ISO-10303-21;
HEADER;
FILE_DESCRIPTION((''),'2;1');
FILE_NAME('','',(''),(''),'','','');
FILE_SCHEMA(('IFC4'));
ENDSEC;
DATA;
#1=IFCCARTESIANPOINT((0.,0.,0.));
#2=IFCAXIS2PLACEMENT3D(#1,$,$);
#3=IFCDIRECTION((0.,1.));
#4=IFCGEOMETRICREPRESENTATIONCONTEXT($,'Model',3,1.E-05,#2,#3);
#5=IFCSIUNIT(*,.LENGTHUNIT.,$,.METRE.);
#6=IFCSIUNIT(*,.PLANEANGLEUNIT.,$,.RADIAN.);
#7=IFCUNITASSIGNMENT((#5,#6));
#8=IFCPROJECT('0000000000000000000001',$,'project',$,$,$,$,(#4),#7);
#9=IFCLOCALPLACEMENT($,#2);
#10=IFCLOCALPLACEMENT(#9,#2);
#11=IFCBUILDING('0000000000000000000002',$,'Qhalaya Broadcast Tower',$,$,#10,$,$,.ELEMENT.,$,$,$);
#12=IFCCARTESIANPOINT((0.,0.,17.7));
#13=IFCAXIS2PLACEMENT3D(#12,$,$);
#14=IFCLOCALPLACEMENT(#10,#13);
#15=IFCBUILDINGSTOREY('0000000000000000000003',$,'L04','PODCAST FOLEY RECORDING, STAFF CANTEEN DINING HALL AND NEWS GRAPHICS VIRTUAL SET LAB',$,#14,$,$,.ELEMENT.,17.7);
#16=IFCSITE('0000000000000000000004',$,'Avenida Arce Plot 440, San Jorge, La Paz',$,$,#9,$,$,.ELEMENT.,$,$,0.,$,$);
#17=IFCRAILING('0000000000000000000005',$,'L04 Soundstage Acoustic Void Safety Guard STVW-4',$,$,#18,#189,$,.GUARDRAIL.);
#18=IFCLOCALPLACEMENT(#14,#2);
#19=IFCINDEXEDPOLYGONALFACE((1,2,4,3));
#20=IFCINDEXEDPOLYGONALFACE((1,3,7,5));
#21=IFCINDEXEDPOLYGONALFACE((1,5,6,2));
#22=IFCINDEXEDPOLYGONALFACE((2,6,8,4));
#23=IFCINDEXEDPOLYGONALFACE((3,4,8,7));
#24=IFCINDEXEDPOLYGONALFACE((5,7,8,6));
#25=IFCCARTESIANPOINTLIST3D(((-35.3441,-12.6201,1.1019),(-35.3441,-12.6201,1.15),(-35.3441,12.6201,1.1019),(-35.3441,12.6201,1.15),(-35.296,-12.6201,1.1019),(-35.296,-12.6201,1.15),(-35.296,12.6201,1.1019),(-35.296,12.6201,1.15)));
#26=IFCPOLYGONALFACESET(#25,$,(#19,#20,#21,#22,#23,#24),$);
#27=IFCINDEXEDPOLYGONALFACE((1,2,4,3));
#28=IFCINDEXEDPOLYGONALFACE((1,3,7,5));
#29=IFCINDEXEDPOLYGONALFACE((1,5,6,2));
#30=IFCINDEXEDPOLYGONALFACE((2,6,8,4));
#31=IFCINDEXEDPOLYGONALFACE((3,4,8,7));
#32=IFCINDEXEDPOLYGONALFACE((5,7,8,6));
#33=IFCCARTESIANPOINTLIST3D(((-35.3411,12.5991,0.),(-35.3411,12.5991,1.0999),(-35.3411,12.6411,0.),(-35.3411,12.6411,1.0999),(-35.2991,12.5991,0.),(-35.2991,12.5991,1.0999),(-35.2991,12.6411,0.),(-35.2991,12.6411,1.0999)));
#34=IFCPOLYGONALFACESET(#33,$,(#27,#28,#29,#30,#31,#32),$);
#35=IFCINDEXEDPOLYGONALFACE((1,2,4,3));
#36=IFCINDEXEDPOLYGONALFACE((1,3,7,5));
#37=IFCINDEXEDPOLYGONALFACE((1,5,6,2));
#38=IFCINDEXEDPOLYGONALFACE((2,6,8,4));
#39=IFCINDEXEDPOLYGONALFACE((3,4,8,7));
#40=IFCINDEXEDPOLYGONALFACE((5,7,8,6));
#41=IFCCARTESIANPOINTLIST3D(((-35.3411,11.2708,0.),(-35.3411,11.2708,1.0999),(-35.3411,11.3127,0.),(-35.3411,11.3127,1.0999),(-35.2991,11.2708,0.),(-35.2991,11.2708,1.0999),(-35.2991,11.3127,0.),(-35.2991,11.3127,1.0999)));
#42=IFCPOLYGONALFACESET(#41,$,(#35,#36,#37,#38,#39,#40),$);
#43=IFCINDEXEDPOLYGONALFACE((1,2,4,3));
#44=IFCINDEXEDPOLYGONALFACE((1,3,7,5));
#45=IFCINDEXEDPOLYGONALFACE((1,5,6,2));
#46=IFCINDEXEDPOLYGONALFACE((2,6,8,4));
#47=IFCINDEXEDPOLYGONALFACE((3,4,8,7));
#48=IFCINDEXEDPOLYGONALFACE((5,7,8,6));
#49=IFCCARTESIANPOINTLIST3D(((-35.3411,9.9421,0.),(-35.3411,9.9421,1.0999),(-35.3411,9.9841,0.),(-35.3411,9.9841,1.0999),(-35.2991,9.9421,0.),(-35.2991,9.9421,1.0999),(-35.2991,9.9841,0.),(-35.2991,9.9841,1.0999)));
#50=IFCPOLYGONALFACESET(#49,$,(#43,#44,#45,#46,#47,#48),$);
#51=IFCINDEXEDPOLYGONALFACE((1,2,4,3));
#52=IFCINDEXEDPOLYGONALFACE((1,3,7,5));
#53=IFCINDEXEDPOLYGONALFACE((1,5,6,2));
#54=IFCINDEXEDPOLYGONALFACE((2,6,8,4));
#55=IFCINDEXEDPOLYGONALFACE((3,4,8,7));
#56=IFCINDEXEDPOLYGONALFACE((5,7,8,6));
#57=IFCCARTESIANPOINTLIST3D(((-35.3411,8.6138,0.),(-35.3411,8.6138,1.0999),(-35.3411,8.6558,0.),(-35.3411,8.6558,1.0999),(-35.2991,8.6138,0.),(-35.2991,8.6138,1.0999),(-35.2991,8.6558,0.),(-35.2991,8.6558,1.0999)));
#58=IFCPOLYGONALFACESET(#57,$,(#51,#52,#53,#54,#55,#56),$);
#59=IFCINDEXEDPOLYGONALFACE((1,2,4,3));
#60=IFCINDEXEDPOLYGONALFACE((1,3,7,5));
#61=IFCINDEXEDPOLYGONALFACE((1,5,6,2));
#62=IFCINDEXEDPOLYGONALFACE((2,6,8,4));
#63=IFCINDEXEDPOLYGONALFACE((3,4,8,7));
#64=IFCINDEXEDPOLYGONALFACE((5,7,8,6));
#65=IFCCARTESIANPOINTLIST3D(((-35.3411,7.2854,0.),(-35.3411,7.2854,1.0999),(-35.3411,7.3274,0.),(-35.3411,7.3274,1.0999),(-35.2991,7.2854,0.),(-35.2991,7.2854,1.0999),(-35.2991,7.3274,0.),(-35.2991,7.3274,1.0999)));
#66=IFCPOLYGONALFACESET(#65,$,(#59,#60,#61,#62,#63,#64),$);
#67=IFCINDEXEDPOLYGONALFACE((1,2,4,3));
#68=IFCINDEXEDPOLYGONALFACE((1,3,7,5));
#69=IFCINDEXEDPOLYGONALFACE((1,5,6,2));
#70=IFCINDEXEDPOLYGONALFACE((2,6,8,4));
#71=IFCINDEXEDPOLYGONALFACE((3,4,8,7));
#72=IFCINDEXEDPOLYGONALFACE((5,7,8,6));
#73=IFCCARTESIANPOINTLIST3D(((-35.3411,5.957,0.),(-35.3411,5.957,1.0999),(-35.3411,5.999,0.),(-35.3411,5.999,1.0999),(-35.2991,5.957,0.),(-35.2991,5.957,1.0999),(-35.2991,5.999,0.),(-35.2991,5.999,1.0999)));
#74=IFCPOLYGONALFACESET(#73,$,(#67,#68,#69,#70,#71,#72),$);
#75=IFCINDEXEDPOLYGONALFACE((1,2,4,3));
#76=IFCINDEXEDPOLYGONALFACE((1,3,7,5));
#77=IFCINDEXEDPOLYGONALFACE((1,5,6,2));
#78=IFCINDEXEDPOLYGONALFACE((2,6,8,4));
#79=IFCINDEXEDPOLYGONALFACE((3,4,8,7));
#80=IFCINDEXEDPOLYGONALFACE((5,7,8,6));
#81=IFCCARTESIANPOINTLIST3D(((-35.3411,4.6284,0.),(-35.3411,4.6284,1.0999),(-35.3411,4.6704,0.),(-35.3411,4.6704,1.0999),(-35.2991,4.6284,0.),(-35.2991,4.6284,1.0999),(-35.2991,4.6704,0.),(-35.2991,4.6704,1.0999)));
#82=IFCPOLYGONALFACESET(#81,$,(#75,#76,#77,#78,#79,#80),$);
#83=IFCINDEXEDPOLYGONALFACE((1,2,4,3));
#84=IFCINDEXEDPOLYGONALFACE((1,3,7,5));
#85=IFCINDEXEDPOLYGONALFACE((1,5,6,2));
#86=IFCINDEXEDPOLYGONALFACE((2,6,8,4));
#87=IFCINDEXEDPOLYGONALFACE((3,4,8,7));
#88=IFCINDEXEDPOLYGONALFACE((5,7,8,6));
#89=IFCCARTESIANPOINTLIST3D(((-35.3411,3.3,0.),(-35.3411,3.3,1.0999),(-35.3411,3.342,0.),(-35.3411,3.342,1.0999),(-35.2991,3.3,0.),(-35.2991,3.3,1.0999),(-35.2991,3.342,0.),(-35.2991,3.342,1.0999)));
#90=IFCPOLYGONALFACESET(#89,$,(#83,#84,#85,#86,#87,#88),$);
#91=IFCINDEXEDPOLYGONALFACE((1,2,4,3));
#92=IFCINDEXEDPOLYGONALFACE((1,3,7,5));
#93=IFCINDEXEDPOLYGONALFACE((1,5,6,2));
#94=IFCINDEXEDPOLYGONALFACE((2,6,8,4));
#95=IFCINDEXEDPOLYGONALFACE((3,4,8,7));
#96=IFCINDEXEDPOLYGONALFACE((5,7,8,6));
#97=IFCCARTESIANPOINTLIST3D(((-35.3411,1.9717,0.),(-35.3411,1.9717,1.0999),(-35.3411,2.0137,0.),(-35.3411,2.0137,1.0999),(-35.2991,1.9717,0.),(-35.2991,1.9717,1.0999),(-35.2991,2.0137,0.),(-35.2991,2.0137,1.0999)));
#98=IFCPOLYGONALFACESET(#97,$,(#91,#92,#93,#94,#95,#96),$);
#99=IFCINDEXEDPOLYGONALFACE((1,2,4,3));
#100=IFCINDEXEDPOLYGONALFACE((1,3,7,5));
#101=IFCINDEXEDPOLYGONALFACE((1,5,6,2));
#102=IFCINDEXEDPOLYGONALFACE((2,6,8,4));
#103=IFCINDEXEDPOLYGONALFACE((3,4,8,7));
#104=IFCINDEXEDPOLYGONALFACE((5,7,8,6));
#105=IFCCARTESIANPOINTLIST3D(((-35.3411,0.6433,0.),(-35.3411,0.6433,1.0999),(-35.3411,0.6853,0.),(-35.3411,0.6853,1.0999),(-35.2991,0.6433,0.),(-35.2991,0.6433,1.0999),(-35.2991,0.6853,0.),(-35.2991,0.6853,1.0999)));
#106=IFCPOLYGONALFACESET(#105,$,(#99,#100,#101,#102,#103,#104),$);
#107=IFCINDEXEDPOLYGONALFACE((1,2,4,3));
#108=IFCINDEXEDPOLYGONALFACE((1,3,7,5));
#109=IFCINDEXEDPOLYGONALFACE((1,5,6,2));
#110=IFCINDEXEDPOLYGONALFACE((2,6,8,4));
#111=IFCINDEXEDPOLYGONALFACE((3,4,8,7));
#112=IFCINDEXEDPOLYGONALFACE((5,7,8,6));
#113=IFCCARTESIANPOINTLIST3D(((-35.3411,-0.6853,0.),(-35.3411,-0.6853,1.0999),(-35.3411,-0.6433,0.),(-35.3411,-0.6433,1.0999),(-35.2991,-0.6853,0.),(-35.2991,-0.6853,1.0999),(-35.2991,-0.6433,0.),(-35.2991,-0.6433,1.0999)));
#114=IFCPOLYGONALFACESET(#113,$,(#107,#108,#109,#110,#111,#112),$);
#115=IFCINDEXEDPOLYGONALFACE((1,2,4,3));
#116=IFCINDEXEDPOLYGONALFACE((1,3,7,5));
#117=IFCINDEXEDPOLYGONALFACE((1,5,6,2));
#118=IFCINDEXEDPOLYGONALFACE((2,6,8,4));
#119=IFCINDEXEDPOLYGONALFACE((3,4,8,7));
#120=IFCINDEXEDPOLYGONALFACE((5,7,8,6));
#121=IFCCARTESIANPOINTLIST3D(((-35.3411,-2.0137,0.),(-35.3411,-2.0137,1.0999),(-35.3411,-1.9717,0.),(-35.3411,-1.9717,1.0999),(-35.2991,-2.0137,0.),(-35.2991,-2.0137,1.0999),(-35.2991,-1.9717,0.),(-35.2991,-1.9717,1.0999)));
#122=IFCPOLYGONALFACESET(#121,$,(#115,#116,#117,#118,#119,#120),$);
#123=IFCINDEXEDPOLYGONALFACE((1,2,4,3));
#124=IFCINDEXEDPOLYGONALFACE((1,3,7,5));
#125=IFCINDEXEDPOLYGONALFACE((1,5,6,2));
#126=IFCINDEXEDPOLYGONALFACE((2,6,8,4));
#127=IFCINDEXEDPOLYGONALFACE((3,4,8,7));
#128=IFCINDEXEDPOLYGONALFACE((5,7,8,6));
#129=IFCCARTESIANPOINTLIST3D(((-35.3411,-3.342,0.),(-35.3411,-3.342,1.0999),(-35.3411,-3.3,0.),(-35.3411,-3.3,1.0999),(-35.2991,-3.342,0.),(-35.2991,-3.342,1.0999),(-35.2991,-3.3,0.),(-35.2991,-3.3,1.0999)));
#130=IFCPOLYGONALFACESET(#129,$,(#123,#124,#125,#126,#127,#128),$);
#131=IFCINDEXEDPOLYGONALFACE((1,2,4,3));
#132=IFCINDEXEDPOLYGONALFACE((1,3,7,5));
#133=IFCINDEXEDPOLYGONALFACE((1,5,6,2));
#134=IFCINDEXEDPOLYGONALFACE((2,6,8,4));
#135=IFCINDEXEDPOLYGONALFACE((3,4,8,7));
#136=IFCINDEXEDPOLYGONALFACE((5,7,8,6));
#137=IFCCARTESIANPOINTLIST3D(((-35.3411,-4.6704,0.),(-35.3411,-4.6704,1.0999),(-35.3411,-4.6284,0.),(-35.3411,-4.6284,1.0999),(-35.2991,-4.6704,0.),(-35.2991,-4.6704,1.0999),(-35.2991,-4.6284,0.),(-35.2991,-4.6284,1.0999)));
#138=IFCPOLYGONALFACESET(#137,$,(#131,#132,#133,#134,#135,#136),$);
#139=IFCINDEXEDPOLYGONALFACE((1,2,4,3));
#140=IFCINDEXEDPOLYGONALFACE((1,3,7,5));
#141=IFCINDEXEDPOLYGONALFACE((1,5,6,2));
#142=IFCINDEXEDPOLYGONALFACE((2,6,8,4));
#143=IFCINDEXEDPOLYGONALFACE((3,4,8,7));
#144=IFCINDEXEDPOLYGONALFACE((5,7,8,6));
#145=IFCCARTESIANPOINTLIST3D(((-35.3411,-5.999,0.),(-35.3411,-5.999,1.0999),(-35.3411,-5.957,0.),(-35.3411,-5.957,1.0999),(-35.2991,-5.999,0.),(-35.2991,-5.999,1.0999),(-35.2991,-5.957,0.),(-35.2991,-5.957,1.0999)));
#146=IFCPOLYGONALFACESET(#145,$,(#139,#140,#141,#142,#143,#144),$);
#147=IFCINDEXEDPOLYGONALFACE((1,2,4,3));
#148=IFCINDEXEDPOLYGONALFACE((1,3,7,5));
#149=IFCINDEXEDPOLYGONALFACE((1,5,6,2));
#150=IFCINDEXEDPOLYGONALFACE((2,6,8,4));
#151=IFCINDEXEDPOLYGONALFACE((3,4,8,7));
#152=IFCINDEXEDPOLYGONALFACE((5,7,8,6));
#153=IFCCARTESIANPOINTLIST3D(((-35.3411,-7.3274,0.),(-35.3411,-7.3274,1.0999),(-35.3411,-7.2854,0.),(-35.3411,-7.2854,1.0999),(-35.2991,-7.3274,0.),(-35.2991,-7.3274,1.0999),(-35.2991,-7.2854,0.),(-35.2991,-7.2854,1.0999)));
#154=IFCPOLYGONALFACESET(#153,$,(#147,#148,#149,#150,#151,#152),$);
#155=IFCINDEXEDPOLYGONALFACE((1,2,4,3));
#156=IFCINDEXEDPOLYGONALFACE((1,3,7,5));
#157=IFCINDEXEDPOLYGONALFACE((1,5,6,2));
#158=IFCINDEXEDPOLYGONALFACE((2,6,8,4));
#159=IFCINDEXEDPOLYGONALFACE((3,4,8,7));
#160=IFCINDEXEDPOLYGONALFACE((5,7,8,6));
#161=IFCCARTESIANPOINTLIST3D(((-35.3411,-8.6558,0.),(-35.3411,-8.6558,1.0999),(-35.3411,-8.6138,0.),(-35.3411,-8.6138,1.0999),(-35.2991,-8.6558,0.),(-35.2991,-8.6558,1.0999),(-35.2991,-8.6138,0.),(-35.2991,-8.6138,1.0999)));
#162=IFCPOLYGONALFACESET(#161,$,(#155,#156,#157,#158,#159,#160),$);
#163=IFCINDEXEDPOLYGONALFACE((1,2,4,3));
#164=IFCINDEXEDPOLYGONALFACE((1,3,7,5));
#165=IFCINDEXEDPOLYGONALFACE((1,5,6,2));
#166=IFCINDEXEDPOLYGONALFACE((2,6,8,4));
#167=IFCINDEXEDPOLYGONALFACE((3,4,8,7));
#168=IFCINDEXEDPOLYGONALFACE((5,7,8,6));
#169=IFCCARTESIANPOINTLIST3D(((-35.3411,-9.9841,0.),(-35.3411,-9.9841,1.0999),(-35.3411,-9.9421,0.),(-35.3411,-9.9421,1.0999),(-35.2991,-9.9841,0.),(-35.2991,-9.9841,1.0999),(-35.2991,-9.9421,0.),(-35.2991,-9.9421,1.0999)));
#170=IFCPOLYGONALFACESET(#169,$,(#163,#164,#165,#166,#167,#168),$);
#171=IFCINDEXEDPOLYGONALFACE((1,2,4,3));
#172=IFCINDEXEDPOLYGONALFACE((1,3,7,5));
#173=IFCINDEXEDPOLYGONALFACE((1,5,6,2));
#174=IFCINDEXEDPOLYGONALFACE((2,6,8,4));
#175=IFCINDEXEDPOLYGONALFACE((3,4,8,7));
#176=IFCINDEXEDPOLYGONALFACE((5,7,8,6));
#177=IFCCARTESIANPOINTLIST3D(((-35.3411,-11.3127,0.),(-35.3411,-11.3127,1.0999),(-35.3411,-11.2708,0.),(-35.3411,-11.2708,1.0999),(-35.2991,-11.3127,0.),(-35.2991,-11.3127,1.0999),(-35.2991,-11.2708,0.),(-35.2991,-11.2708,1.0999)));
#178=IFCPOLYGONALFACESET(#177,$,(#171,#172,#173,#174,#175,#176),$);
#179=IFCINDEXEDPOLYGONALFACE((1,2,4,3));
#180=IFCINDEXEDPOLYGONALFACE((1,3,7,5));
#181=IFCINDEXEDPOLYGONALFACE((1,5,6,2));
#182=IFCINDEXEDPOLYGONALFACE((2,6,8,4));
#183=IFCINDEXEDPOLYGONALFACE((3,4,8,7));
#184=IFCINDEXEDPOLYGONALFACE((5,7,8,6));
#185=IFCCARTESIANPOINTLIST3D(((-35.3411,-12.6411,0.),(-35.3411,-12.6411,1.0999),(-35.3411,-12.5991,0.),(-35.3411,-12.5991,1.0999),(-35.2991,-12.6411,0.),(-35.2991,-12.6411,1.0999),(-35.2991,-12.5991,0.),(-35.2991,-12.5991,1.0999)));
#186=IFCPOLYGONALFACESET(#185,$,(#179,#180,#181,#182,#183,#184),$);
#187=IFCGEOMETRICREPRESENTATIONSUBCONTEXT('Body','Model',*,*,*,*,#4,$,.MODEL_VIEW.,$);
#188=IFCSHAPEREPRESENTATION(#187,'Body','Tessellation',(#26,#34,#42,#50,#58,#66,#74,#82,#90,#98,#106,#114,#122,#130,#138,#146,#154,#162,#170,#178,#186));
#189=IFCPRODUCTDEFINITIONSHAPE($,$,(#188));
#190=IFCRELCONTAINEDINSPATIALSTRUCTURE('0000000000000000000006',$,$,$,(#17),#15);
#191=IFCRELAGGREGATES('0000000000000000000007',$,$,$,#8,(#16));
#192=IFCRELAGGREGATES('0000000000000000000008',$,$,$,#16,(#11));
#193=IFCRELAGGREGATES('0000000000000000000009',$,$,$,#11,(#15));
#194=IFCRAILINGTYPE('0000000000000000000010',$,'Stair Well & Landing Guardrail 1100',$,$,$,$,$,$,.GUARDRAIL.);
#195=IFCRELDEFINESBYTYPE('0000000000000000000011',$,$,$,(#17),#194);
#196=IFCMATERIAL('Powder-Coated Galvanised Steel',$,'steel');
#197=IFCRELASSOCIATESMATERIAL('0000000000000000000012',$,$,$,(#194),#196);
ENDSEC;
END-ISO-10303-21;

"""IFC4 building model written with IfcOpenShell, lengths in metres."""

from ifc_helpers import new_model, si_unit, direction, frame, origin, origin_2d, place, context, subcontext, project, spatial, rectangle, extrude, material, type_object, element, save


model = new_model("IFC4")

# Units and contexts
model_context = context("Model", 3, precision=1e-05, world=origin(), true_north=direction((0.0, 1.0)))
body_context = subcontext(model_context, "Body", "Model", "MODEL_VIEW")
ifc_project = project(units=[si_unit("LENGTHUNIT", "METRE"), si_unit("PLANEANGLEUNIT", "RADIAN")], contexts=[model_context])

# Site, building, storey
site_placement = place(None, origin())
site = spatial("IfcSite", under=ifc_project, at=site_placement, Name="Avenida Arce Plot 440, San Jorge, La Paz", CompositionType="ELEMENT", RefElevation=0.0)
building_placement = place(site_placement, origin())
building = spatial("IfcBuilding", under=site, at=building_placement, Name="Qhalaya Broadcast Tower", CompositionType="ELEMENT")
storey_placement = place(building_placement, frame((0.0, 0.0, 17.7)))
storey = spatial("IfcBuildingStorey", under=building, at=storey_placement, Name="L04", Description="PODCAST FOLEY RECORDING, STAFF CANTEEN DINING HALL AND NEWS GRAPHICS VIRTUAL SET LAB", CompositionType="ELEMENT", Elevation=17.7)

# Railing
ifc_material_1 = material(Name="Powder-Coated Galvanised Steel", Category="steel")
railing_type = type_object("IfcRailingType", Name="Stair Well & Landing Guardrail 1100", PredefinedType="GUARDRAIL", material=ifc_material_1)
railing_1_placement = place(storey_placement, frame((-35.3201, 12.6201, 0.0)))
element("IfcRailing", 1, at=railing_1_placement, inside=storey, type_object=railing_type, Name="L04 Soundstage Acoustic Void Safety Guard STVW-4", PredefinedType="GUARDRAIL", context=body_context, shape_type="SweptSolid", body=[
    extrude(rectangle(XDim=0.0481, YDim=0.0481, at=origin_2d()), frame((0.0, 0.0, 1.126), z_axis=(0.0, -1.0, 0.0), x_axis=(1.0, 0.0, 0.0)), (0.0, 0.0, 1.0), 25.2402),
    extrude(rectangle(XDim=0.042, YDim=0.042, at=origin_2d()), origin(), (0.0, 0.0, 1.0), 1.0999),
    extrude(rectangle(XDim=0.042, YDim=0.042, at=origin_2d()), frame((0.0, -1.3284, 0.0)), (0.0, 0.0, 1.0), 1.0999),
    extrude(rectangle(XDim=0.042, YDim=0.042, at=origin_2d()), frame((0.0, -2.657, 0.0)), (0.0, 0.0, 1.0), 1.0999),
    extrude(rectangle(XDim=0.042, YDim=0.042, at=origin_2d()), frame((0.0, -3.9854, 0.0)), (0.0, 0.0, 1.0), 1.0999),
    extrude(rectangle(XDim=0.042, YDim=0.042, at=origin_2d()), frame((0.0, -5.3137, 0.0)), (0.0, 0.0, 1.0), 1.0999),
    extrude(rectangle(XDim=0.042, YDim=0.042, at=origin_2d()), frame((0.0, -6.6421, 0.0)), (0.0, 0.0, 1.0), 1.0999),
    extrude(rectangle(XDim=0.042, YDim=0.042, at=origin_2d()), frame((0.0, -7.9707, 0.0)), (0.0, 0.0, 1.0), 1.0999),
    extrude(rectangle(XDim=0.042, YDim=0.042, at=origin_2d()), frame((0.0, -9.2991, 0.0)), (0.0, 0.0, 1.0), 1.0999),
    extrude(rectangle(XDim=0.042, YDim=0.042, at=origin_2d()), frame((0.0, -10.6274, 0.0)), (0.0, 0.0, 1.0), 1.0999),
    extrude(rectangle(XDim=0.042, YDim=0.042, at=origin_2d()), frame((0.0, -11.9558, 0.0)), (0.0, 0.0, 1.0), 1.0999),
    extrude(rectangle(XDim=0.042, YDim=0.042, at=origin_2d()), frame((0.0, -13.2844, 0.0)), (0.0, 0.0, 1.0), 1.0999),
    extrude(rectangle(XDim=0.042, YDim=0.042, at=origin_2d()), frame((0.0, -14.6128, 0.0)), (0.0, 0.0, 1.0), 1.0999),
    extrude(rectangle(XDim=0.042, YDim=0.042, at=origin_2d()), frame((0.0, -15.9412, 0.0)), (0.0, 0.0, 1.0), 1.0999),
    extrude(rectangle(XDim=0.042, YDim=0.042, at=origin_2d()), frame((0.0, -17.2695, 0.0)), (0.0, 0.0, 1.0), 1.0999),
    extrude(rectangle(XDim=0.042, YDim=0.042, at=origin_2d()), frame((0.0, -18.5981, 0.0)), (0.0, 0.0, 1.0), 1.0999),
    extrude(rectangle(XDim=0.042, YDim=0.042, at=origin_2d()), frame((0.0, -19.9265, 0.0)), (0.0, 0.0, 1.0), 1.0999),
    extrude(rectangle(XDim=0.042, YDim=0.042, at=origin_2d()), frame((0.0, -21.2549, 0.0)), (0.0, 0.0, 1.0), 1.0999),
    extrude(rectangle(XDim=0.042, YDim=0.042, at=origin_2d()), frame((0.0, -22.5833, 0.0)), (0.0, 0.0, 1.0), 1.0999),
    extrude(rectangle(XDim=0.042, YDim=0.042, at=origin_2d()), frame((0.0, -23.9119, 0.0)), (0.0, 0.0, 1.0), 1.0999),
    extrude(rectangle(XDim=0.042, YDim=0.042, at=origin_2d()), frame((0.0, -25.2402, 0.0)), (0.0, 0.0, 1.0), 1.0999),
])

save(model, "model.ifc")
